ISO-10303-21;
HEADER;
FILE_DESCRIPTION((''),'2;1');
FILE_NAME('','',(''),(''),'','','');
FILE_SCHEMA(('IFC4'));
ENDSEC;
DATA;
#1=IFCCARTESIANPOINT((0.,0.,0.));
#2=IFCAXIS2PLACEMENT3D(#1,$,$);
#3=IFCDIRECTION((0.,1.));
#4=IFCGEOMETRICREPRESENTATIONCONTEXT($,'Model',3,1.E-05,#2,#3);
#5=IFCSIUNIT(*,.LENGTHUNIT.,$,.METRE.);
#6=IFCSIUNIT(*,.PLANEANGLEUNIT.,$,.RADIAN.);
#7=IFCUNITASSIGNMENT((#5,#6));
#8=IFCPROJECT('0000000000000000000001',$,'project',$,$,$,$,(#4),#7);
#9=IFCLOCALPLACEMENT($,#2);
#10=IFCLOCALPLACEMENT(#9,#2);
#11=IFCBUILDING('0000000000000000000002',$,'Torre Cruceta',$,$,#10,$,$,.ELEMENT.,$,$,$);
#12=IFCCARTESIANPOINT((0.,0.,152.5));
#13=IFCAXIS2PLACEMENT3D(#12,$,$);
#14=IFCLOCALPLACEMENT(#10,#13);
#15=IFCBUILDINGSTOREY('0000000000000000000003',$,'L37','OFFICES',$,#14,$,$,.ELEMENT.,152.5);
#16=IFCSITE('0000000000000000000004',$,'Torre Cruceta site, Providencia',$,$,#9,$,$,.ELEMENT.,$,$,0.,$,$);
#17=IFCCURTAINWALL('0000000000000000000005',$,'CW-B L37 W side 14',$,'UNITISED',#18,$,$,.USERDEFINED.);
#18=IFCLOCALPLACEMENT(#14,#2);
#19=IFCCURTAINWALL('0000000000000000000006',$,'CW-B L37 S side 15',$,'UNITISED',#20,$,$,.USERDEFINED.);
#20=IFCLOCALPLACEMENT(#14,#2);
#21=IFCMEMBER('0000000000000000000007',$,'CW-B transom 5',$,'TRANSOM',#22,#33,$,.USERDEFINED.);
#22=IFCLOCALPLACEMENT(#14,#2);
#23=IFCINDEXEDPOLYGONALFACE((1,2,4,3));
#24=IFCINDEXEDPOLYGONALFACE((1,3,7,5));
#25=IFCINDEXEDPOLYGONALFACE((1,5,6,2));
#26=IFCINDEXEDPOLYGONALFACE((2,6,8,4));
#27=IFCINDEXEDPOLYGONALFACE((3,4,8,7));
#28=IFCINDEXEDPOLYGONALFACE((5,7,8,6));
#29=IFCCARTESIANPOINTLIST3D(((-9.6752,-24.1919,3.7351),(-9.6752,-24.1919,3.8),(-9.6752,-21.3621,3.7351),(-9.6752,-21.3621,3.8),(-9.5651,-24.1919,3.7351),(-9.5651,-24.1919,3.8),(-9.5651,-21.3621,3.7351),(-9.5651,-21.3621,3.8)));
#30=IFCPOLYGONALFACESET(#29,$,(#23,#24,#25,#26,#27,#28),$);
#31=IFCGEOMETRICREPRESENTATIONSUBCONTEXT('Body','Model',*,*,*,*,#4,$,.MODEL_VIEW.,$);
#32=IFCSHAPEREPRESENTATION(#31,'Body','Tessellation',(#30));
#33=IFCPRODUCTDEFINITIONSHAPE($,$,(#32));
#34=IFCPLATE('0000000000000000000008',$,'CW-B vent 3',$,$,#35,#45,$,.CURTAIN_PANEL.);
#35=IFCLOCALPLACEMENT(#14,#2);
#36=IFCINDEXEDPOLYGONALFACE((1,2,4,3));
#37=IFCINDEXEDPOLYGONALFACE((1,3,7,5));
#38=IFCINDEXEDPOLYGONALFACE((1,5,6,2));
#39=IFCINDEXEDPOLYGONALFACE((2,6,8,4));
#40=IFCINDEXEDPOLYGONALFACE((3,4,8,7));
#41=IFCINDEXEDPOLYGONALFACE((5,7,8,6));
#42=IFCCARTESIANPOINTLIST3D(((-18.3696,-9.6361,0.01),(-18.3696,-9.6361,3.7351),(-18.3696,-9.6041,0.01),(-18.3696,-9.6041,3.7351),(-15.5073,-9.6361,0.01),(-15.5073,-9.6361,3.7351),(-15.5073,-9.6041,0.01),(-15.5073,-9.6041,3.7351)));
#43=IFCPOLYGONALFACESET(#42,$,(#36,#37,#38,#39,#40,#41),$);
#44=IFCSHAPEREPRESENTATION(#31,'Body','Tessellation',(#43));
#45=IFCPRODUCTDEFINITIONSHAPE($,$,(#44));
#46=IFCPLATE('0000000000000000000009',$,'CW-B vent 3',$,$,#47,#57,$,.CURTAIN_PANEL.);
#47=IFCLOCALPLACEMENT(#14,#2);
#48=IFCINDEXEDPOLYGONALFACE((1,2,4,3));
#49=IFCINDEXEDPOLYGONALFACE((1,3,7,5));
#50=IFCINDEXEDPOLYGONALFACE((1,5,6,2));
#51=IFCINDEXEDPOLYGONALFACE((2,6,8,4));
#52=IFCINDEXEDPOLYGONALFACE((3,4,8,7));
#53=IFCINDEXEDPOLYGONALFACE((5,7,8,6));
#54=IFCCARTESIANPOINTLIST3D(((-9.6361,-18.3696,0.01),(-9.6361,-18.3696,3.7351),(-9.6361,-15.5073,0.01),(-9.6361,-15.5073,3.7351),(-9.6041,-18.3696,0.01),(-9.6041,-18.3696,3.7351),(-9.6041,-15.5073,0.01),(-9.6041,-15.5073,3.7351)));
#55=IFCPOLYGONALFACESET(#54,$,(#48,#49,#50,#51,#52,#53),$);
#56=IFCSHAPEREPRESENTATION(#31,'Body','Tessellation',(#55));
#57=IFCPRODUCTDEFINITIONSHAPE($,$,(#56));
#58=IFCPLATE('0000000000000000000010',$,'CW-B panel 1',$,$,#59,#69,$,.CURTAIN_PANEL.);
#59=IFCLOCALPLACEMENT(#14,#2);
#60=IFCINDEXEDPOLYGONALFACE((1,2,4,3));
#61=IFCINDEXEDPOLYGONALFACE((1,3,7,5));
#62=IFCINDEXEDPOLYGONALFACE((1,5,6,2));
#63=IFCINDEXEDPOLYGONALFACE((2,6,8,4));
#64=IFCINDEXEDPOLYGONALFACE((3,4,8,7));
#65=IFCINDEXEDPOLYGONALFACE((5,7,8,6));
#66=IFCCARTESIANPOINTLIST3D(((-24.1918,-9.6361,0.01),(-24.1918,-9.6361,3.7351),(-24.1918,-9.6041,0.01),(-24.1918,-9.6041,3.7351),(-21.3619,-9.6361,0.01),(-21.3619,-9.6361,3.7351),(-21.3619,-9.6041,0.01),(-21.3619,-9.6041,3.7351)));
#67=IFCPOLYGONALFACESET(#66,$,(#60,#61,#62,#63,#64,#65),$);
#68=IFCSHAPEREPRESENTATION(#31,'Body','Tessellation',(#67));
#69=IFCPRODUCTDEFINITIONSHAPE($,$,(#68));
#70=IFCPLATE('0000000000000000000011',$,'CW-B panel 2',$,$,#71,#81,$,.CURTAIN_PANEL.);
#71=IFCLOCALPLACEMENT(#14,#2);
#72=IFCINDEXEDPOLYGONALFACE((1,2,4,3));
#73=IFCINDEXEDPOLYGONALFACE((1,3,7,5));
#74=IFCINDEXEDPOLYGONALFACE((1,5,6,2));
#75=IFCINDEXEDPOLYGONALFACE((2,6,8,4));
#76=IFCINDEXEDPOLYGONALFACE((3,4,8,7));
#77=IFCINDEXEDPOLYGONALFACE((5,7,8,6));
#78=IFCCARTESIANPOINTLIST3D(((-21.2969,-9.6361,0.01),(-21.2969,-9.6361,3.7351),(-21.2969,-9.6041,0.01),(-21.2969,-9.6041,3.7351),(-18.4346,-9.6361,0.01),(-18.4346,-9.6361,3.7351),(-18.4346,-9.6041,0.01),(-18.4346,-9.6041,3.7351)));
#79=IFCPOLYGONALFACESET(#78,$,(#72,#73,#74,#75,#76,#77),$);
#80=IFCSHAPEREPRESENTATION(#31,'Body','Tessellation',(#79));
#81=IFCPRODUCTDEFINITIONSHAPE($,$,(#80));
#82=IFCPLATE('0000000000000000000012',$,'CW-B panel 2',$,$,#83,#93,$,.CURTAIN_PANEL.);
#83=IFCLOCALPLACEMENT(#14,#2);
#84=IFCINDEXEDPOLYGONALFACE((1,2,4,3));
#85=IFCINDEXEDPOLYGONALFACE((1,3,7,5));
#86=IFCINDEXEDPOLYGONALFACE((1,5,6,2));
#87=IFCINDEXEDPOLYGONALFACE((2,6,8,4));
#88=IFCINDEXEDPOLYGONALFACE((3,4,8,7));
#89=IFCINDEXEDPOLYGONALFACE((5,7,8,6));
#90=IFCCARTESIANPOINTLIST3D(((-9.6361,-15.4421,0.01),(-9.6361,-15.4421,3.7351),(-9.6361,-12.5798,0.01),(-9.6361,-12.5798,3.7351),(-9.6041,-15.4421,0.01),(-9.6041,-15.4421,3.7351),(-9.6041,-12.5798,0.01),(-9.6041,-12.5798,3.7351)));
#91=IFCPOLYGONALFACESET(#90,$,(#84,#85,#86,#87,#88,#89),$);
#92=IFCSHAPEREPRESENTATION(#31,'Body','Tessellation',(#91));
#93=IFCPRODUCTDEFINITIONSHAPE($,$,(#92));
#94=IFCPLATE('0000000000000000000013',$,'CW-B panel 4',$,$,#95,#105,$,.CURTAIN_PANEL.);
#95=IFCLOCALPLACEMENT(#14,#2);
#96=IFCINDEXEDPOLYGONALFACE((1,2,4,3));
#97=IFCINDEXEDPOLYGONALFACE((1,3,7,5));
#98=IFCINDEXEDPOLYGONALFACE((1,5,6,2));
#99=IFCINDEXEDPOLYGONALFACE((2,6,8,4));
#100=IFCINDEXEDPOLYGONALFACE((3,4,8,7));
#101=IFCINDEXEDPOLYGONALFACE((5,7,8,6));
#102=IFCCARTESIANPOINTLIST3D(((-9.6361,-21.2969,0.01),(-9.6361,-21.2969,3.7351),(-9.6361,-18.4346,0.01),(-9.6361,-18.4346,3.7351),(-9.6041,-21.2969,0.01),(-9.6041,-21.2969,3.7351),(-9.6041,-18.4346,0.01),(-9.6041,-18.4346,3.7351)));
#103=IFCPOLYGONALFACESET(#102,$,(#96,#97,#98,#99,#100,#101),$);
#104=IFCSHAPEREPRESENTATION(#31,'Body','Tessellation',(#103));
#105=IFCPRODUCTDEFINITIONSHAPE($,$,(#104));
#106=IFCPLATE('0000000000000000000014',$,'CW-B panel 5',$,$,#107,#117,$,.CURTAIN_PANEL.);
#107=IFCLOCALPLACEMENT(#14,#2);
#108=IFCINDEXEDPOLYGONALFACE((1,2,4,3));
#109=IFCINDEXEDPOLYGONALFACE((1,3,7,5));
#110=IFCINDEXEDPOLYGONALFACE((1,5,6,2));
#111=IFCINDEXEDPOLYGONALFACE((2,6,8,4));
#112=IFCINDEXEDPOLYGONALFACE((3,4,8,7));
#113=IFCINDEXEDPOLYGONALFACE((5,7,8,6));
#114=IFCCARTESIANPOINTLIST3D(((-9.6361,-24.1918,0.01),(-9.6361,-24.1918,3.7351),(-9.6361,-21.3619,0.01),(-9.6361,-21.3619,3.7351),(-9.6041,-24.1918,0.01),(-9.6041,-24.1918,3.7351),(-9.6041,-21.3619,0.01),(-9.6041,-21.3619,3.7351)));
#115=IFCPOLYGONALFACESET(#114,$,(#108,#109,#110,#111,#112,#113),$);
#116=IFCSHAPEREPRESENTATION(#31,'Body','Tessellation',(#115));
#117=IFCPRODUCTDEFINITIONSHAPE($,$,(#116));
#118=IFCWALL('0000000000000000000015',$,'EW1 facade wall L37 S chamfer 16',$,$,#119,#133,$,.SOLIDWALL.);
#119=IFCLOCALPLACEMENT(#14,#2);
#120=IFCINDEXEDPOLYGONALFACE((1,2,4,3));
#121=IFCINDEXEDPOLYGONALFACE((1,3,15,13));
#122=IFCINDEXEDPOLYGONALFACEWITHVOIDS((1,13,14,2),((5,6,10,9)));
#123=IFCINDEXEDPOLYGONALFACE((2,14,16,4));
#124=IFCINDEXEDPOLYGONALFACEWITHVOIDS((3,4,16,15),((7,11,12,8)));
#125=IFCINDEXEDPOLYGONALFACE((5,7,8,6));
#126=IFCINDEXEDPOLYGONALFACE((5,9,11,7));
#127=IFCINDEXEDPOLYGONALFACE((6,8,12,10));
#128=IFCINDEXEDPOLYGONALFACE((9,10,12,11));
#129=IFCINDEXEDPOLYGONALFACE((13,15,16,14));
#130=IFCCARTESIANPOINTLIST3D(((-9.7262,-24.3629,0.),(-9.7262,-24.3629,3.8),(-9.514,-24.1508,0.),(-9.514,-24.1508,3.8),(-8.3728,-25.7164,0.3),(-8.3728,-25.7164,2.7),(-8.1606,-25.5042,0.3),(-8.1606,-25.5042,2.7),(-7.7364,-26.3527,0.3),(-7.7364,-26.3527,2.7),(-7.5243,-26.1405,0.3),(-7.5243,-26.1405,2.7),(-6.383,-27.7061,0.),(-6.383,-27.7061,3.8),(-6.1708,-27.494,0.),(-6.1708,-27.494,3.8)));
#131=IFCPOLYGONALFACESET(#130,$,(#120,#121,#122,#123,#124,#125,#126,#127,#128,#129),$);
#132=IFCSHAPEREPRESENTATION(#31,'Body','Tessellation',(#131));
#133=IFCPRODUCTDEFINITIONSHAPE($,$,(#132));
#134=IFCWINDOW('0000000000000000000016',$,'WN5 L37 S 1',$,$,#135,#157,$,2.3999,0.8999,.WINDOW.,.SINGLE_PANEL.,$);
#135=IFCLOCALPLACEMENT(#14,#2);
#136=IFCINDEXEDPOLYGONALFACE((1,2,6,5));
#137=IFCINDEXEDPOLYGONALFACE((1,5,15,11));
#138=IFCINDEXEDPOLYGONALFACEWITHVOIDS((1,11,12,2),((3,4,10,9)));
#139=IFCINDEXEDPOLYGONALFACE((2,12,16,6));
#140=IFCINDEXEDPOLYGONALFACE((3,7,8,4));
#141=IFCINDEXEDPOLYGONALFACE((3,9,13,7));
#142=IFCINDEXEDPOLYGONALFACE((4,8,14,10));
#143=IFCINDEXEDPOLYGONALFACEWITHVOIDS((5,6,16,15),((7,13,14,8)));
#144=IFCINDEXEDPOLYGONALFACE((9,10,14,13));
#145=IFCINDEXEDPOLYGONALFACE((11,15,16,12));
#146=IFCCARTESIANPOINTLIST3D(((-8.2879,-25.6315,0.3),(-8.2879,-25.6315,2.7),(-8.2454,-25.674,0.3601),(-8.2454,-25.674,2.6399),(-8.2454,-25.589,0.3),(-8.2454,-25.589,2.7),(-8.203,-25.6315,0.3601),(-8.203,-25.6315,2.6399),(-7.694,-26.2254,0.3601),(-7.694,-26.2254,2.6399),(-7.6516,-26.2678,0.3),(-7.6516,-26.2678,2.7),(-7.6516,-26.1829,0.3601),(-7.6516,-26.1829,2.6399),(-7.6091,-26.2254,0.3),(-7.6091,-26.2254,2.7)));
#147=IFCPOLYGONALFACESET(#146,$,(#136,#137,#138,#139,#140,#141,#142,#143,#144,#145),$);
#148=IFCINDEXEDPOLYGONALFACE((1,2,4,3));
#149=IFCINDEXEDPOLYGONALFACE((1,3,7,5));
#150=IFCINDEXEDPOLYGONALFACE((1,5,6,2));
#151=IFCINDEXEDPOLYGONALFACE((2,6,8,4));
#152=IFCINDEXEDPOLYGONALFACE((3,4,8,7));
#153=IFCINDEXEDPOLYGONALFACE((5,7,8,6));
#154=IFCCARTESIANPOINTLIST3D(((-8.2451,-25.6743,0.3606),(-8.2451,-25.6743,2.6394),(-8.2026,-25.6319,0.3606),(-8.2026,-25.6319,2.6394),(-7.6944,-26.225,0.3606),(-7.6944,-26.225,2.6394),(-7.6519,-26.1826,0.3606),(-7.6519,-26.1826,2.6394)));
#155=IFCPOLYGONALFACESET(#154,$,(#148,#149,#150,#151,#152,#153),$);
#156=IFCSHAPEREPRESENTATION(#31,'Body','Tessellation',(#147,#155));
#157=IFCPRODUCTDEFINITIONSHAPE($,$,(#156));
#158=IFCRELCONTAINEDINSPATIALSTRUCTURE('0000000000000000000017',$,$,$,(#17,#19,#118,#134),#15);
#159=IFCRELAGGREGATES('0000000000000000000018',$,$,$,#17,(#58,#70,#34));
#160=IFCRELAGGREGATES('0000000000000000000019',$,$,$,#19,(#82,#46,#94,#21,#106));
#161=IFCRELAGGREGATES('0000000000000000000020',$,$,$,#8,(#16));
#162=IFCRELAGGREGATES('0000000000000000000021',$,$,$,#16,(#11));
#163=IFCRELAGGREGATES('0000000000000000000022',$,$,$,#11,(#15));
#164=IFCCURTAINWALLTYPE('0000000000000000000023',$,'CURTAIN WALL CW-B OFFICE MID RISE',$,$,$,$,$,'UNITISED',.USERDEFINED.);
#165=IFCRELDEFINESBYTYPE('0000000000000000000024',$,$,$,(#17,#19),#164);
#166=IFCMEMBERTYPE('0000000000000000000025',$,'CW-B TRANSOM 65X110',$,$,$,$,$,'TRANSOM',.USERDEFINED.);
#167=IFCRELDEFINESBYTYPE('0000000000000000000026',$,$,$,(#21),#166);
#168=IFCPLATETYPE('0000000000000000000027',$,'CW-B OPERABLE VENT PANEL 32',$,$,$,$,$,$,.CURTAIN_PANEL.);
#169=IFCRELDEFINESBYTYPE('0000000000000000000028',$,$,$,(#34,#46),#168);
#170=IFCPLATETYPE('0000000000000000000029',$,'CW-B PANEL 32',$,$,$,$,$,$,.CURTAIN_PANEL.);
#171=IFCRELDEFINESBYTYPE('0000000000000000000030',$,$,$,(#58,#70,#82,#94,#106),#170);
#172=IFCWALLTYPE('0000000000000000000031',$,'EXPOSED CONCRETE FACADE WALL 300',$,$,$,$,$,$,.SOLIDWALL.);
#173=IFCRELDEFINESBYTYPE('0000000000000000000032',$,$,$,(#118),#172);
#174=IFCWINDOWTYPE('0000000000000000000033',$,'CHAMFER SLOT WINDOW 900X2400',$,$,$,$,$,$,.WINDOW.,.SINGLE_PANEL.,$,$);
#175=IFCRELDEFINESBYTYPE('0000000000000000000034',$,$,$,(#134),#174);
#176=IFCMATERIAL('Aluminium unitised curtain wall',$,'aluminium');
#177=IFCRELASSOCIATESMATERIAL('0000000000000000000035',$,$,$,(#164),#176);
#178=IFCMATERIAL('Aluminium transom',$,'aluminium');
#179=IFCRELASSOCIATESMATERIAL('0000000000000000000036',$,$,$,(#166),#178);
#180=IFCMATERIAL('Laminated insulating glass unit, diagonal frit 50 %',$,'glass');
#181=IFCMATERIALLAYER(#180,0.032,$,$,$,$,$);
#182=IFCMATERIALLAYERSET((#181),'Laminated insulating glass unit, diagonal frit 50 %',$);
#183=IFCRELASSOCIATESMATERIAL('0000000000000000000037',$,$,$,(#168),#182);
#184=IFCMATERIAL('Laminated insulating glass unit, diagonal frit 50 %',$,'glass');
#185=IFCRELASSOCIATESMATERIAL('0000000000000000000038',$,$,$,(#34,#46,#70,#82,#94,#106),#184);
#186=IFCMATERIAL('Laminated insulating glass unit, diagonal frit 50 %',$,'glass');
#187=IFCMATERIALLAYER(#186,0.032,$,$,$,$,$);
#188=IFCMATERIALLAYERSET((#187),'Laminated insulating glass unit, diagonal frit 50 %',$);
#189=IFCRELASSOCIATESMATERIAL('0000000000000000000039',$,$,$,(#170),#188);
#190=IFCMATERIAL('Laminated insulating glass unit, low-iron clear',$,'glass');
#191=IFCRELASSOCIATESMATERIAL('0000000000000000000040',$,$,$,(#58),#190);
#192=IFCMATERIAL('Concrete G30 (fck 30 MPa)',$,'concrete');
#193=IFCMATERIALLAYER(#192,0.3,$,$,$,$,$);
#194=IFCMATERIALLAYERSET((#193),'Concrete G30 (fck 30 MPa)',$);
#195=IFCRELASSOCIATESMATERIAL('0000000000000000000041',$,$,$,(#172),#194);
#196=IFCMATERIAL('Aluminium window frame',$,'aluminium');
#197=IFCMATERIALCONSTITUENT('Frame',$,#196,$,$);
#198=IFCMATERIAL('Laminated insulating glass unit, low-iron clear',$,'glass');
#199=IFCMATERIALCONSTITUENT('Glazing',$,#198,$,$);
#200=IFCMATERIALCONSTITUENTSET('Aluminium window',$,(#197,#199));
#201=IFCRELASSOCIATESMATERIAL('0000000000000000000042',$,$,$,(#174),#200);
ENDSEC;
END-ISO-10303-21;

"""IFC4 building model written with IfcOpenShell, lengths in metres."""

from ifc_helpers import new_model, si_unit, direction, frame, frame_2d, origin, origin_2d, place, context, subcontext, project, spatial, rectangle, hollow_rectangle, extrude, material, layer, layer_set, constituent, constituent_set, material_profile, profile_set, type_object, element, fill, aggregate, save


model = new_model("IFC4")

# Units and contexts
model_context = context("Model", 3, precision=1e-05, world=origin(), true_north=direction((0.0, 1.0)))
body_context = subcontext(model_context, "Body", "Model", "MODEL_VIEW")
ifc_project = project(units=[si_unit("LENGTHUNIT", "METRE"), si_unit("PLANEANGLEUNIT", "RADIAN")], contexts=[model_context])

# Site, building, storey
site_placement = place(None, origin())
site = spatial("IfcSite", under=ifc_project, at=site_placement, Name="Torre Cruceta site, Providencia", CompositionType="ELEMENT", RefElevation=0.0)
building_placement = place(site_placement, origin())
building = spatial("IfcBuilding", under=site, at=building_placement, Name="Torre Cruceta", CompositionType="ELEMENT")
storey_placement = place(building_placement, frame((0.0, 0.0, 152.5)))
storey = spatial("IfcBuildingStorey", under=building, at=storey_placement, Name="L37", Description="OFFICES", CompositionType="ELEMENT", Elevation=152.5)

# Curtain walls
ifc_material_1 = material(Name="Aluminium unitised curtain wall", Category="aluminium")
curtain_wall_type = type_object("IfcCurtainWallType", Name="CURTAIN WALL CW-B OFFICE MID RISE", ElementType="UNITISED", PredefinedType="USERDEFINED", material=ifc_material_1)
curtain_wall_1_placement = place(storey_placement, origin())
curtain_wall_1 = element("IfcCurtainWall", 1, at=curtain_wall_1_placement, inside=storey, type_object=curtain_wall_type, Name="CW-B L37 W side 14", ObjectType="UNITISED", PredefinedType="USERDEFINED")
curtain_wall_2_placement = place(storey_placement, origin())
curtain_wall_2 = element("IfcCurtainWall", 2, at=curtain_wall_2_placement, inside=storey, type_object=curtain_wall_type, Name="CW-B L37 S side 15", ObjectType="UNITISED", PredefinedType="USERDEFINED")

# Member
ifc_material_2 = material(Name="Aluminium transom", Category="aluminium")
ifc_material_profile_1 = material_profile(ifc_material_2, rectangle(XDim=0.1101, YDim=0.0649, at=origin_2d()), Name="AL 110X65")
ifc_profile_set_1 = profile_set([ifc_material_profile_1], Name="Aluminium transom")
member_type_1 = type_object("IfcMemberType", Name="CW-B TRANSOM 65X110", ElementType="TRANSOM", PredefinedType="USERDEFINED", material=ifc_profile_set_1)
member_1_placement = place(storey_placement, frame((-9.6201, -21.3621, 3.7676), z_axis=(0.0, -1.0, 0.0), x_axis=(1.0, 0.0, 0.0)))
member_1 = element("IfcMember", 3, at=member_1_placement, type_object=member_type_1, Name="CW-B transom 5", ObjectType="TRANSOM", PredefinedType="USERDEFINED", context=body_context, shape_type="SweptSolid", body=[
    extrude(rectangle(XDim=0.1101, YDim=0.0649, at=origin_2d()), origin(), (0.0, 0.0, 1.0), 2.8298),
])

# Plates
ifc_material_3 = material(Name="Laminated insulating glass unit, diagonal frit 50 %", Category="glass")
ifc_material_4 = material(Name="Laminated insulating glass unit, diagonal frit 50 %", Category="glass")
ifc_layer_1 = layer(ifc_material_4, 0.032)
ifc_layer_set_1 = layer_set([ifc_layer_1], Name="Laminated insulating glass unit, diagonal frit 50 %")
plate_type_1 = type_object("IfcPlateType", Name="CW-B OPERABLE VENT PANEL 32", PredefinedType="CURTAIN_PANEL", material=ifc_layer_set_1)
plate_1_placement = place(storey_placement, frame((-16.9385, -9.6201, 0.01), z_axis=(0.0, 0.0, 1.0), x_axis=(1.0, 0.0, 0.0)))
plate_1 = element("IfcPlate", 4, at=plate_1_placement, type_object=plate_type_1, material=ifc_material_3, Name="CW-B vent 3", PredefinedType="CURTAIN_PANEL", context=body_context, shape_type="SweptSolid", body=[
    extrude(rectangle(XDim=2.8623, YDim=0.032, at=origin_2d()), origin(), (0.0, 0.0, 1.0), 3.7251),
])
plate_2_placement = place(storey_placement, frame((-9.6201, -16.9385, 0.01), z_axis=(0.0, 0.0, 1.0), x_axis=(0.0, -1.0, 0.0)))
plate_2 = element("IfcPlate", 5, at=plate_2_placement, type_object=plate_type_1, material=ifc_material_3, Name="CW-B vent 3", PredefinedType="CURTAIN_PANEL", context=body_context, shape_type="SweptSolid", body=[
    extrude(rectangle(XDim=2.8623, YDim=0.032, at=origin_2d()), origin(), (0.0, 0.0, 1.0), 3.7251),
])
ifc_material_5 = material(Name="Laminated insulating glass unit, low-iron clear", Category="glass")
ifc_material_6 = material(Name="Laminated insulating glass unit, diagonal frit 50 %", Category="glass")
ifc_layer_2 = layer(ifc_material_6, 0.032)
ifc_layer_set_2 = layer_set([ifc_layer_2], Name="Laminated insulating glass unit, diagonal frit 50 %")
plate_type_2 = type_object("IfcPlateType", Name="CW-B PANEL 32", PredefinedType="CURTAIN_PANEL", material=ifc_layer_set_2)
plate_3_placement = place(storey_placement, frame((-22.7769, -9.6201, 0.01), z_axis=(0.0, 0.0, 1.0), x_axis=(1.0, 0.0, 0.0)))
plate_3 = element("IfcPlate", 6, at=plate_3_placement, type_object=plate_type_2, material=ifc_material_5, Name="CW-B panel 1", PredefinedType="CURTAIN_PANEL", context=body_context, shape_type="SweptSolid", body=[
    extrude(rectangle(XDim=2.8298, YDim=0.032, at=origin_2d()), origin(), (0.0, 0.0, 1.0), 3.7251),
])
plate_4_placement = place(storey_placement, frame((-19.8657, -9.6201, 0.01), z_axis=(0.0, 0.0, 1.0), x_axis=(1.0, 0.0, 0.0)))
plate_4 = element("IfcPlate", 7, at=plate_4_placement, type_object=plate_type_2, material=ifc_material_3, Name="CW-B panel 2", PredefinedType="CURTAIN_PANEL", context=body_context, shape_type="SweptSolid", body=[
    extrude(rectangle(XDim=2.8623, YDim=0.032, at=origin_2d()), origin(), (0.0, 0.0, 1.0), 3.7251),
])
aggregate(curtain_wall_1, [plate_3, plate_4, plate_1])
plate_5_placement = place(storey_placement, frame((-9.6201, -14.011, 0.01), z_axis=(0.0, 0.0, 1.0), x_axis=(0.0, -1.0, 0.0)))
plate_5 = element("IfcPlate", 8, at=plate_5_placement, type_object=plate_type_2, material=ifc_material_3, Name="CW-B panel 2", PredefinedType="CURTAIN_PANEL", context=body_context, shape_type="SweptSolid", body=[
    extrude(rectangle(XDim=2.8623, YDim=0.032, at=origin_2d()), origin(), (0.0, 0.0, 1.0), 3.7251),
])
plate_6_placement = place(storey_placement, frame((-9.6201, -19.8657, 0.01), z_axis=(0.0, 0.0, 1.0), x_axis=(0.0, -1.0, 0.0)))
plate_6 = element("IfcPlate", 9, at=plate_6_placement, type_object=plate_type_2, material=ifc_material_3, Name="CW-B panel 4", PredefinedType="CURTAIN_PANEL", context=body_context, shape_type="SweptSolid", body=[
    extrude(rectangle(XDim=2.8623, YDim=0.032, at=origin_2d()), origin(), (0.0, 0.0, 1.0), 3.7251),
])
plate_7_placement = place(storey_placement, frame((-9.6201, -22.7769, 0.01), z_axis=(0.0, 0.0, 1.0), x_axis=(0.0, -1.0, 0.0)))
plate_7 = element("IfcPlate", 10, at=plate_7_placement, type_object=plate_type_2, material=ifc_material_3, Name="CW-B panel 5", PredefinedType="CURTAIN_PANEL", context=body_context, shape_type="SweptSolid", body=[
    extrude(rectangle(XDim=2.8298, YDim=0.032, at=origin_2d()), origin(), (0.0, 0.0, 1.0), 3.7251),
])
aggregate(curtain_wall_2, [plate_5, plate_2, plate_6, member_1, plate_7])

# Wall, opening, window
ifc_material_7 = material(Name="Concrete G30 (fck 30 MPa)", Category="concrete")
ifc_layer_3 = layer(ifc_material_7, 0.3)
ifc_layer_set_3 = layer_set([ifc_layer_3], Name="Concrete G30 (fck 30 MPa)")
wall_type = type_object("IfcWallType", Name="EXPOSED CONCRETE FACADE WALL 300", PredefinedType="SOLIDWALL", material=ifc_layer_set_3)
wall_placement = place(storey_placement, frame((-9.6201, -24.2568, 0.0), z_axis=(0.0, 0.0, 1.0), x_axis=(0.707107, -0.707107, 0.0)))
wall = element("IfcWall", 11, at=wall_placement, inside=storey, type_object=wall_type, Name="EW1 facade wall L37 S chamfer 16", PredefinedType="SOLIDWALL", context=body_context, shape_type="SweptSolid", body=[
    extrude(rectangle(XDim=4.728, YDim=0.3, at=frame_2d((2.364, 0.0))), origin(), (0.0, 0.0, 1.0), 3.8),
])
opening_placement = place(wall_placement, frame((1.9141, 0.0, 0.3)))
opening = element("IfcOpeningElement", 12, at=opening_placement, cuts=wall, PredefinedType="OPENING", context=body_context, shape_type="SweptSolid", body=[
    extrude(rectangle(XDim=0.8999, YDim=2.3999, at=frame_2d((0.45, 1.2))), frame((0.0, 0.1599, 0.0), z_axis=(0.0, -1.0, 0.0), x_axis=(1.0, 0.0, 0.0)), (0.0, 0.0, 1.0), 0.3201),
])
ifc_material_8 = material(Name="Aluminium window frame", Category="aluminium")
ifc_constituent_1 = constituent(ifc_material_8, Name="Frame")
ifc_material_9 = material(Name="Laminated insulating glass unit, low-iron clear", Category="glass")
ifc_constituent_2 = constituent(ifc_material_9, Name="Glazing")
ifc_constituent_set = constituent_set(constituents=[ifc_constituent_1, ifc_constituent_2], Name="Aluminium window")
window_type = type_object("IfcWindowType", Name="CHAMFER SLOT WINDOW 900X2400", PartitioningType="SINGLE_PANEL", PredefinedType="WINDOW", material=ifc_constituent_set)
window_placement = place(opening_placement, origin())
window = element("IfcWindow", 13, at=window_placement, inside=storey, type_object=window_type, Name="WN5 L37 S 1", OverallHeight=2.3999, OverallWidth=0.8999, PartitioningType="SINGLE_PANEL", PredefinedType="WINDOW", context=body_context, shape_type="SweptSolid", body=[
    extrude(hollow_rectangle(XDim=0.8999, YDim=2.3999, WallThickness=0.0601, at=frame_2d((0.45, 1.2))), frame((0.0, 0.03, 0.0), z_axis=(0.0, -1.0, 0.0), x_axis=(1.0, 0.0, 0.0)), (0.0, 0.0, 1.0), 0.0601),
    extrude(rectangle(XDim=0.7788, YDim=2.2788, at=frame_2d((0.45, 1.2))), frame((0.0, 0.03, 0.0), z_axis=(0.0, -1.0, 0.0), x_axis=(1.0, 0.0, 0.0)), (0.0, 0.0, 1.0), 0.0601),
])
fill(opening, window)

save(model, "model.ifc")
